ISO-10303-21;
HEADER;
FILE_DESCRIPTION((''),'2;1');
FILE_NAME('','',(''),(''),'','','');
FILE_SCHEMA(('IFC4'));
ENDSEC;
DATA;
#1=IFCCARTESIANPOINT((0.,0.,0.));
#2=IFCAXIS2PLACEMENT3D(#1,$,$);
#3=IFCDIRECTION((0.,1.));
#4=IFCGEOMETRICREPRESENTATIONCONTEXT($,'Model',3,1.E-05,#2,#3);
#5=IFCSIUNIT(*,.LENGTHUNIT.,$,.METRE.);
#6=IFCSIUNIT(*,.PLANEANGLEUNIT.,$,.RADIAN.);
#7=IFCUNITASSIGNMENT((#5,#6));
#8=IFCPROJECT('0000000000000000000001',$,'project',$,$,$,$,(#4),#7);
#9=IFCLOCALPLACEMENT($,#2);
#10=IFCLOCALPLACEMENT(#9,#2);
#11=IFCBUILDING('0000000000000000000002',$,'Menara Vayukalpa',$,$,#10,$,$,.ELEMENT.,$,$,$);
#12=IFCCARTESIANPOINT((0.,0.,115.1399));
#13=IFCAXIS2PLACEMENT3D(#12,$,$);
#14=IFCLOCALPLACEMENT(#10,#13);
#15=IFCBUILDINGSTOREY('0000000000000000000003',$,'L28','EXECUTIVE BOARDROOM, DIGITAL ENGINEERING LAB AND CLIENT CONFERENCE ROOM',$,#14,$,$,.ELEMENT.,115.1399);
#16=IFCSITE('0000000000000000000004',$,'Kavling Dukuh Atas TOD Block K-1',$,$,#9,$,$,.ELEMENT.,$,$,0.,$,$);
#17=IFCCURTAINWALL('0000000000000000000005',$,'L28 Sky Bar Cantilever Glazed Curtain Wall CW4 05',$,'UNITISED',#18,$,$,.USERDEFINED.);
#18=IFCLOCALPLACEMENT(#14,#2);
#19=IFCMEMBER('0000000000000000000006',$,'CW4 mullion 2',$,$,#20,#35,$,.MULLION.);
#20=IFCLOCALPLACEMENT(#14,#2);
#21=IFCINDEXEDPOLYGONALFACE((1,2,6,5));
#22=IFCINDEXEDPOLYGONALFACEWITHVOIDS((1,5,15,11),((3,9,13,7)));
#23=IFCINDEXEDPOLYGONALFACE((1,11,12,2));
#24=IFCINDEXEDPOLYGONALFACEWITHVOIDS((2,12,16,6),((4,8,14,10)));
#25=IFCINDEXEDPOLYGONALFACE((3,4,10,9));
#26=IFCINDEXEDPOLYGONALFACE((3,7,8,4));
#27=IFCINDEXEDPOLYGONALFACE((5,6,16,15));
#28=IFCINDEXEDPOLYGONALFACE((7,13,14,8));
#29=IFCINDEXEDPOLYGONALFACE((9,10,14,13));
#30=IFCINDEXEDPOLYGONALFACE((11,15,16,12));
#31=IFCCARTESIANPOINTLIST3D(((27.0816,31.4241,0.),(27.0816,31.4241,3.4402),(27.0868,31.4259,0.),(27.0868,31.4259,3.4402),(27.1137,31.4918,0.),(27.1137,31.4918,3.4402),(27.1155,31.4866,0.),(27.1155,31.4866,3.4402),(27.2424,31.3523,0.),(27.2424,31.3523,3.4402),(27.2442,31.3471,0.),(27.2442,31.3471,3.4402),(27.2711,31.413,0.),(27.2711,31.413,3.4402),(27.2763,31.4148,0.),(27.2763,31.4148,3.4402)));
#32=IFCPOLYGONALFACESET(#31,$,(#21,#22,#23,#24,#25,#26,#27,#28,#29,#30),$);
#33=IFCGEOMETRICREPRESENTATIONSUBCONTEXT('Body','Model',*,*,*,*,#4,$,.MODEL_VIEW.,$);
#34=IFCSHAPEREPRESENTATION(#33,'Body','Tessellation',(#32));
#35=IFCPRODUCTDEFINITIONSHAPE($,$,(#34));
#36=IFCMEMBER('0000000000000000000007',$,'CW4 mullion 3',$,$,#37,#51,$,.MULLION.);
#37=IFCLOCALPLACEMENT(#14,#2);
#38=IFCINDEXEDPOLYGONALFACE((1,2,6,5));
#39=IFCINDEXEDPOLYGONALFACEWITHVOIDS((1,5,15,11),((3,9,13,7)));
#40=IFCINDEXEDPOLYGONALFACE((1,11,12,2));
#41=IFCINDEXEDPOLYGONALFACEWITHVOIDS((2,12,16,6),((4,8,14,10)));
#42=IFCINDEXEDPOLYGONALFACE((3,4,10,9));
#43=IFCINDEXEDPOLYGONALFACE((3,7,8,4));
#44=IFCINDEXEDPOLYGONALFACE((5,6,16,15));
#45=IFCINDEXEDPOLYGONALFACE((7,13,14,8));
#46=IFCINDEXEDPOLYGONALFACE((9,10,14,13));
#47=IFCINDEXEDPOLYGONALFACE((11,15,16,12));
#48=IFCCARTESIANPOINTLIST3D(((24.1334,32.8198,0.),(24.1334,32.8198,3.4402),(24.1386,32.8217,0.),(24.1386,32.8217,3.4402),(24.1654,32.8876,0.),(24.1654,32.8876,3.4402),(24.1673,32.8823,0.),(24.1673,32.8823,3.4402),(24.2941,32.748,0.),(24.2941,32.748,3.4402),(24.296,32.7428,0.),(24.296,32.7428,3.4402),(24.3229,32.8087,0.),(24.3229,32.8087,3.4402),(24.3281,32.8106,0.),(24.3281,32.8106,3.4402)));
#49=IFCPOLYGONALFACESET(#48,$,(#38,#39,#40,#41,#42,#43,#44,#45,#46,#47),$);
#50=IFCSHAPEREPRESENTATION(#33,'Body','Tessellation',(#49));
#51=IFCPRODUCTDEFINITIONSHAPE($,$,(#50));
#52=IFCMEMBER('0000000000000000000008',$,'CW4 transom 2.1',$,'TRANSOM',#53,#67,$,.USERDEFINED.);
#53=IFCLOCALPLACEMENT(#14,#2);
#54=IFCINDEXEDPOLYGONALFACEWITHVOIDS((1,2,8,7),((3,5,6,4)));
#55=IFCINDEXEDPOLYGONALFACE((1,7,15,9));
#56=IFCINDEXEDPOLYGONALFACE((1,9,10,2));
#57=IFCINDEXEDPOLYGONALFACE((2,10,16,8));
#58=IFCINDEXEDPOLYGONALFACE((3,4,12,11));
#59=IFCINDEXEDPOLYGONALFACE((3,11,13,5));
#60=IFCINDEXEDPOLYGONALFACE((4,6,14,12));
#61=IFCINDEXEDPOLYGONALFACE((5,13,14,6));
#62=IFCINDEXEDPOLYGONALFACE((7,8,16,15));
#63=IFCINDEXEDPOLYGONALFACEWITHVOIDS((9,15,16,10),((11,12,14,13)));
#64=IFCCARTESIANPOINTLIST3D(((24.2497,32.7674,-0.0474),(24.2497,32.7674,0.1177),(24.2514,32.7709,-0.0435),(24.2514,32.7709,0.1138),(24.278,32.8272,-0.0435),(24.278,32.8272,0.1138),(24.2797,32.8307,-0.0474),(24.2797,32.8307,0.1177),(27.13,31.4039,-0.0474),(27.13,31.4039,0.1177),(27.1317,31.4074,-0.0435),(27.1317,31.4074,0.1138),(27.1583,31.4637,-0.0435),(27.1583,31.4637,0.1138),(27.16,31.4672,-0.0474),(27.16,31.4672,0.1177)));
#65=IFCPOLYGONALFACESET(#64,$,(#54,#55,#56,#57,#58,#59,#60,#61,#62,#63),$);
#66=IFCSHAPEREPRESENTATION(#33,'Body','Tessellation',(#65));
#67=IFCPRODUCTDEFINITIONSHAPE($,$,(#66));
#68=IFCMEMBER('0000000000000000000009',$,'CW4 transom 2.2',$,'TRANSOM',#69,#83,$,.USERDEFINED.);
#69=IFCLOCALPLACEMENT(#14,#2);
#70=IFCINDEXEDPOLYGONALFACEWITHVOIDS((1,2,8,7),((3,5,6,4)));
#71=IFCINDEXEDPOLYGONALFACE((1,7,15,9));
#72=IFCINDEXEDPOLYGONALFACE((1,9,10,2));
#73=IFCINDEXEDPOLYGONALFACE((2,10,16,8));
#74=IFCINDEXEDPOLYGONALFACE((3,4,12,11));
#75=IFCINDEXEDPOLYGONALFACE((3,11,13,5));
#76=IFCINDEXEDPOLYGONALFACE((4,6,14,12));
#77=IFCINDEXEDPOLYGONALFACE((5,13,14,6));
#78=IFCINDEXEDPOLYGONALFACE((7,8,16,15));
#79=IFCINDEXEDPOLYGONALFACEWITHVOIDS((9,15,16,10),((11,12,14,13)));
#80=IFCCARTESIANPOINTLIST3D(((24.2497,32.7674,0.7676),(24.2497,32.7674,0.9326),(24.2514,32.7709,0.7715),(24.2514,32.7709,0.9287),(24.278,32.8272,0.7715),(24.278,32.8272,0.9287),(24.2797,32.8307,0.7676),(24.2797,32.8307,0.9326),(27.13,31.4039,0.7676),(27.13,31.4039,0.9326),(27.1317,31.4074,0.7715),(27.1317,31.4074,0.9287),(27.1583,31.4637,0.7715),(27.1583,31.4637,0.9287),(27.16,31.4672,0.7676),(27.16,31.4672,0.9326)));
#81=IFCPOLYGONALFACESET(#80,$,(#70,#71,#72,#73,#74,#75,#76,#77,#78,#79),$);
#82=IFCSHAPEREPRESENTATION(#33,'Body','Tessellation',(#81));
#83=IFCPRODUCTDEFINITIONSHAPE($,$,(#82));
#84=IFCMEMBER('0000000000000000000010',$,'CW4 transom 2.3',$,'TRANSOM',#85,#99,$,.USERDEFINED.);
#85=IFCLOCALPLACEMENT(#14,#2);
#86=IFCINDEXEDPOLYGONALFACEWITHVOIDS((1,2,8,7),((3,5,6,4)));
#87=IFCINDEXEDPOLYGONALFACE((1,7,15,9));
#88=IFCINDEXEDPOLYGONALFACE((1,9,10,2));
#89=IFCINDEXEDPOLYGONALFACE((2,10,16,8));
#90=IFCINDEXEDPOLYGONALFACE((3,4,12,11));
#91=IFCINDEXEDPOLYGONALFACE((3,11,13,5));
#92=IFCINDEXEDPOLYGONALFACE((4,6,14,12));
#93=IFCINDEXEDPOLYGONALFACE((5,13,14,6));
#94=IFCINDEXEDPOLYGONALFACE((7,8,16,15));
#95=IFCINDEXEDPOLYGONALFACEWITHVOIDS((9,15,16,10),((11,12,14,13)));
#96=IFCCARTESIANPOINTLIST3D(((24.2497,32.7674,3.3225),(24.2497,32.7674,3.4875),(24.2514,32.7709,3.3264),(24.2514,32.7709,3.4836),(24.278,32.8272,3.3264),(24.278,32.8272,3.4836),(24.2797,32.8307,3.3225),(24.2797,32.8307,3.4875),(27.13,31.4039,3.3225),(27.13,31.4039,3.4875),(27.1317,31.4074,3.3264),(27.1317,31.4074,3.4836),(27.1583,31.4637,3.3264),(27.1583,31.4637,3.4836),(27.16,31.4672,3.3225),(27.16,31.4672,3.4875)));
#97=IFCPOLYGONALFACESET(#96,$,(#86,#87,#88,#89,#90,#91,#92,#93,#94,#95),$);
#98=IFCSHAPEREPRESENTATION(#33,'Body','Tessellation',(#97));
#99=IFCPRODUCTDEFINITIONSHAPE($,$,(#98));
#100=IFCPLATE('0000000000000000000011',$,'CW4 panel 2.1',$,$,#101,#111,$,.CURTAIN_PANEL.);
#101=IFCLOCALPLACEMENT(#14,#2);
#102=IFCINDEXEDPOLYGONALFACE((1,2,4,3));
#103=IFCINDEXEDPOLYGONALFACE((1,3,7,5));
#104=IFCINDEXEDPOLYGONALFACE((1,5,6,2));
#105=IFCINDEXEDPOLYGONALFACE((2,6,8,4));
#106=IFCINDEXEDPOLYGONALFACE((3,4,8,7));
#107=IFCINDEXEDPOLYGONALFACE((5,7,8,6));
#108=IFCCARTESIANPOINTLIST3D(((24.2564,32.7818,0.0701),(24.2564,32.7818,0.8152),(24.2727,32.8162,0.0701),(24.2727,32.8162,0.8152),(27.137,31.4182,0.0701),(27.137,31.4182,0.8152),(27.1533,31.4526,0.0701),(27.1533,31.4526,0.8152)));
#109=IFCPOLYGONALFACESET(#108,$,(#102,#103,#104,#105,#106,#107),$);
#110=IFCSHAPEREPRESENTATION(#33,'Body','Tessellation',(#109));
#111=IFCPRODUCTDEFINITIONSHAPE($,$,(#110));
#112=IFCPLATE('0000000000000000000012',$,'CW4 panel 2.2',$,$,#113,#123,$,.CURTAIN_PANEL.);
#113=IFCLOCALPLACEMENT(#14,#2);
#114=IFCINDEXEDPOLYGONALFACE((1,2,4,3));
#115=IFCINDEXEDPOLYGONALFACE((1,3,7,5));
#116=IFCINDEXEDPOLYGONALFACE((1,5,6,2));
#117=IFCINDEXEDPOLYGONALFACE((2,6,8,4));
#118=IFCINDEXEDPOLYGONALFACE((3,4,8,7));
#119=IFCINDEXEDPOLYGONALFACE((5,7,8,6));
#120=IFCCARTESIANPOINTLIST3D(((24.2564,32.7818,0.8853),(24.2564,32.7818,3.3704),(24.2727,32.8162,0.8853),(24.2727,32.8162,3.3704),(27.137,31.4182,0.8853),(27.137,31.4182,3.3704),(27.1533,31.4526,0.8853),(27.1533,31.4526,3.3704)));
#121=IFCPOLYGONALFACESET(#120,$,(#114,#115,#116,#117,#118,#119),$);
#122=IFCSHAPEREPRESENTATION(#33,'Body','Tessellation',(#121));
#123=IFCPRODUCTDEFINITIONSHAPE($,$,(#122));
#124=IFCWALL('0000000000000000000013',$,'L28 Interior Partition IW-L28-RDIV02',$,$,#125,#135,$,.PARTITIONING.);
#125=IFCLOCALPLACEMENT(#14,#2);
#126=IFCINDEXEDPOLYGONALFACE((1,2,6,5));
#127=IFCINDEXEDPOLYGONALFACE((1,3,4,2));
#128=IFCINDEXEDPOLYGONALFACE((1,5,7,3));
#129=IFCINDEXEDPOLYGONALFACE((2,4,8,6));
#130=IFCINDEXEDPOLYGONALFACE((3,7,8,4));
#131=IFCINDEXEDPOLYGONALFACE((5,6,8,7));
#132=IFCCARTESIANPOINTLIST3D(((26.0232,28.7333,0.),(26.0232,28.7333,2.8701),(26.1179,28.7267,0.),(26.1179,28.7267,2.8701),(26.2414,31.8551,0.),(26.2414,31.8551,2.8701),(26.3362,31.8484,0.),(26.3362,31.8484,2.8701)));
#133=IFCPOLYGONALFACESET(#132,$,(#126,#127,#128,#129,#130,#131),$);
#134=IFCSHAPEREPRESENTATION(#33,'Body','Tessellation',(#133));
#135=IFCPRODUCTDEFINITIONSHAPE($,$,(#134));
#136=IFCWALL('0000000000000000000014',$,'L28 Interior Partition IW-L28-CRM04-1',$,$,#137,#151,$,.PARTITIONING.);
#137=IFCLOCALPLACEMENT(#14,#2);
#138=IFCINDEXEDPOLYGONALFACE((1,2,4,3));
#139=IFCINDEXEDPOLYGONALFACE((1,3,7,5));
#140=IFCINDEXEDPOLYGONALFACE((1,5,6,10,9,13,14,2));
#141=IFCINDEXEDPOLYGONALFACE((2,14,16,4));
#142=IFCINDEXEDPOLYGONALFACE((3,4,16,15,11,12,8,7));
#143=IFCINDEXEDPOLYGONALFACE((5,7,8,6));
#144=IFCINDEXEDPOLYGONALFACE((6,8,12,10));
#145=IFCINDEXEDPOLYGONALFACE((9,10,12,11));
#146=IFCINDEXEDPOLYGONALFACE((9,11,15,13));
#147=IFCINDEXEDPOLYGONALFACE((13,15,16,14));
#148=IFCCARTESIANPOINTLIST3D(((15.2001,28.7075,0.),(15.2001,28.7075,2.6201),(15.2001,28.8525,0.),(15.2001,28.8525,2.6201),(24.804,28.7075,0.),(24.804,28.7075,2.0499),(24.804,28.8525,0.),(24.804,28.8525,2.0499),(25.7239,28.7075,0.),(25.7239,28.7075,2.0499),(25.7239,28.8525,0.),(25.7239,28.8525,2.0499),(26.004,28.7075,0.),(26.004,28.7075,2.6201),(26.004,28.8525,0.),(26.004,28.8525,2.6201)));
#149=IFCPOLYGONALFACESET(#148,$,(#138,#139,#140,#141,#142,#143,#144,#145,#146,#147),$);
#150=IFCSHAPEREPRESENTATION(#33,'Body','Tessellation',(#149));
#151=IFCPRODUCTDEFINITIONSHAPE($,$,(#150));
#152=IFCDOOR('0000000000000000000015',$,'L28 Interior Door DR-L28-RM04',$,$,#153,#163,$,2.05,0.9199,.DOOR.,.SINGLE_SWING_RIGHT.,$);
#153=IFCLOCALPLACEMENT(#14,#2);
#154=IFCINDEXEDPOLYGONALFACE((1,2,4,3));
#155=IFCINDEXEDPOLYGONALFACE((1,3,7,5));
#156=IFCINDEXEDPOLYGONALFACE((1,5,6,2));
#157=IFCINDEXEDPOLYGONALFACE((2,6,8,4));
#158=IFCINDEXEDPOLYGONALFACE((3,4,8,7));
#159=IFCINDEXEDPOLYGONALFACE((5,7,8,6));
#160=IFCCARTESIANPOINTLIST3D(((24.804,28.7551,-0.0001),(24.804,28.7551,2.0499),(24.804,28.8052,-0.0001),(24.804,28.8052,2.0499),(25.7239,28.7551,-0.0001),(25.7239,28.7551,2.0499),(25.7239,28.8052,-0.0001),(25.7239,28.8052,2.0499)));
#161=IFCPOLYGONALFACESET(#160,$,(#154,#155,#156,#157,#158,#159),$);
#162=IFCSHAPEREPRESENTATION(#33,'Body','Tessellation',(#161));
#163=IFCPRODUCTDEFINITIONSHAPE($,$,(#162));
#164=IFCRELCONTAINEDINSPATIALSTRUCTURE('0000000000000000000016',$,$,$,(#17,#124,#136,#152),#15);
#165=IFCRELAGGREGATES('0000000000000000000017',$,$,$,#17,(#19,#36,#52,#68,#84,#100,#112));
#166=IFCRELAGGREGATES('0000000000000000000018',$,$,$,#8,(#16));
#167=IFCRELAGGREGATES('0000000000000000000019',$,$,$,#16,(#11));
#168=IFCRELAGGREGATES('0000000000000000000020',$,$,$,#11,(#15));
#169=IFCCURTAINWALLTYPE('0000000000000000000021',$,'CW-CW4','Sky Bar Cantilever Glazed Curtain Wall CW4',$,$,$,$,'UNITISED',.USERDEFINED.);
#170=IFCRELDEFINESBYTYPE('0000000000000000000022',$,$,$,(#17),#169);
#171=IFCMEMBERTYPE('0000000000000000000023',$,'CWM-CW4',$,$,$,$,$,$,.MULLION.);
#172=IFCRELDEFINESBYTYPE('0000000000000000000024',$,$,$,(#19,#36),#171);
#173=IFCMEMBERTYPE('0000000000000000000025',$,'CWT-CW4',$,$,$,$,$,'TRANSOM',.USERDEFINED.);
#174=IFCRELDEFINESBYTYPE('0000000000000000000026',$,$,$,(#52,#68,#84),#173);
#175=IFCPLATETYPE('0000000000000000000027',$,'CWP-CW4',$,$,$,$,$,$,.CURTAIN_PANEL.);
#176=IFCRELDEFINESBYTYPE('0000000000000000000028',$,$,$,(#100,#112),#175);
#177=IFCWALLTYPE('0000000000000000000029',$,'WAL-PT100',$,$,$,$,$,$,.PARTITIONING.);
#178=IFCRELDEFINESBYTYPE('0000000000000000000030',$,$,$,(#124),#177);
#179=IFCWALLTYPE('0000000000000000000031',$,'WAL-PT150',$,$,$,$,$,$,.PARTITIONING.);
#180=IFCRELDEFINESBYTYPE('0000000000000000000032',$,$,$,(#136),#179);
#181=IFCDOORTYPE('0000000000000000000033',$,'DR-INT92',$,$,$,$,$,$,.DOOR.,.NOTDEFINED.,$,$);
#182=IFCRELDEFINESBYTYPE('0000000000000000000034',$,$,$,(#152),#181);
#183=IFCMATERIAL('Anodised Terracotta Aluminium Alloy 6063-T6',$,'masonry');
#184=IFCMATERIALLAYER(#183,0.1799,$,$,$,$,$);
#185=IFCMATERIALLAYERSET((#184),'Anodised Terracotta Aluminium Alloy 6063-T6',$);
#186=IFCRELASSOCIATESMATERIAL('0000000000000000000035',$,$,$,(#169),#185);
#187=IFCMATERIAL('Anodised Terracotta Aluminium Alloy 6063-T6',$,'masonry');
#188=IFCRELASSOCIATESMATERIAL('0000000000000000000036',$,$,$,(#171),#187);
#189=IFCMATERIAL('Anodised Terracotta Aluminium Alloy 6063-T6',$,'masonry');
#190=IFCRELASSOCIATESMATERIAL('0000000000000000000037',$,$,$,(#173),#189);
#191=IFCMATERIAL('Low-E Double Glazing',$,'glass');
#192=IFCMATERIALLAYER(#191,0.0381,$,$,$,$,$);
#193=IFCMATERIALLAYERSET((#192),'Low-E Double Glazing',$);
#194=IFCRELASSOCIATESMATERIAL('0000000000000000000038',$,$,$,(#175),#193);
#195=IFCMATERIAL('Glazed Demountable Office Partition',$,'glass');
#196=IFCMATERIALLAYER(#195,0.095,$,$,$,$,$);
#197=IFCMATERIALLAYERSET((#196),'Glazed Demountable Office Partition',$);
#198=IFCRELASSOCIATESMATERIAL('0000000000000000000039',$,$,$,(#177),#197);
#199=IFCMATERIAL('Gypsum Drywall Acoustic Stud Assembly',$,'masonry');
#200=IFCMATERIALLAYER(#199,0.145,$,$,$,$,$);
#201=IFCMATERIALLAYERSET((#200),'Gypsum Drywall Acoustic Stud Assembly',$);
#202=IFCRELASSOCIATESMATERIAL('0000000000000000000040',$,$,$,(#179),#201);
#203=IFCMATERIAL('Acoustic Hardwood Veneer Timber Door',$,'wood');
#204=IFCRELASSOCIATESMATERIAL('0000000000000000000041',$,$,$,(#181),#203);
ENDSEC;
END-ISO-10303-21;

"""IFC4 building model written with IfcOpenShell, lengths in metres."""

from ifc_helpers import new_model, si_unit, direction, frame, frame_2d, origin, origin_2d, place, context, subcontext, project, spatial, rectangle, hollow_rectangle, extrude, material, layer, layer_set, material_profile, profile_set, type_object, element, fill, aggregate, save


model = new_model("IFC4")

# Units and contexts
model_context = context("Model", 3, precision=1e-05, world=origin(), true_north=direction((0.0, 1.0)))
body_context = subcontext(model_context, "Body", "Model", "MODEL_VIEW")
ifc_project = project(units=[si_unit("LENGTHUNIT", "METRE"), si_unit("PLANEANGLEUNIT", "RADIAN")], contexts=[model_context])

# Site, building, storey
site_placement = place(None, origin())
site = spatial("IfcSite", under=ifc_project, at=site_placement, Name="Kavling Dukuh Atas TOD Block K-1", CompositionType="ELEMENT", RefElevation=0.0)
building_placement = place(site_placement, origin())
building = spatial("IfcBuilding", under=site, at=building_placement, Name="Menara Vayukalpa", CompositionType="ELEMENT")
storey_placement = place(building_placement, frame((0.0, 0.0, 115.1399)))
storey = spatial("IfcBuildingStorey", under=building, at=storey_placement, Name="L28", Description="EXECUTIVE BOARDROOM, DIGITAL ENGINEERING LAB AND CLIENT CONFERENCE ROOM", CompositionType="ELEMENT", Elevation=115.1399)

# Curtain wall, members, plates
ifc_material_1 = material(Name="Anodised Terracotta Aluminium Alloy 6063-T6", Category="masonry")
ifc_layer_1 = layer(ifc_material_1, 0.1799)
ifc_layer_set_1 = layer_set([ifc_layer_1], Name="Anodised Terracotta Aluminium Alloy 6063-T6")
curtain_wall_type = type_object("IfcCurtainWallType", Name="CW-CW4", Description="Sky Bar Cantilever Glazed Curtain Wall CW4", ElementType="UNITISED", PredefinedType="USERDEFINED", material=ifc_layer_set_1)
curtain_wall_placement = place(storey_placement, origin())
curtain_wall = element("IfcCurtainWall", 1, at=curtain_wall_placement, inside=storey, type_object=curtain_wall_type, Name="L28 Sky Bar Cantilever Glazed Curtain Wall CW4 05", ObjectType="UNITISED", PredefinedType="USERDEFINED")
ifc_material_2 = material(Name="Anodised Terracotta Aluminium Alloy 6063-T6", Category="masonry")
ifc_material_profile_1 = material_profile(ifc_material_2, hollow_rectangle(XDim=0.075, YDim=0.1799, WallThickness=0.0039, at=origin_2d()), Name="ALU 75x180x4")
ifc_profile_set_1 = profile_set([ifc_material_profile_1], Name="Anodised Terracotta Aluminium Alloy 6063-T6")
member_type_1 = type_object("IfcMemberType", Name="CWM-CW4", PredefinedType="MULLION", material=ifc_profile_set_1)
member_1_placement = place(storey_placement, frame((27.179, 31.4194, 0.0), z_axis=(0.0, 0.0, 1.0), x_axis=(-0.427871, -0.90384, 0.0)))
member_1 = element("IfcMember", 2, at=member_1_placement, type_object=member_type_1, Name="CW4 mullion 2", PredefinedType="MULLION", context=body_context, shape_type="SweptSolid", body=[
    extrude(hollow_rectangle(XDim=0.075, YDim=0.1799, WallThickness=0.0039, at=origin_2d()), origin(), (0.0, 0.0, 1.0), 3.4402),
])
member_2_placement = place(storey_placement, frame((24.2307, 32.8152, 0.0), z_axis=(0.0, 0.0, 1.0), x_axis=(-0.427871, -0.90384, 0.0)))
member_2 = element("IfcMember", 3, at=member_2_placement, type_object=member_type_1, Name="CW4 mullion 3", PredefinedType="MULLION", context=body_context, shape_type="SweptSolid", body=[
    extrude(hollow_rectangle(XDim=0.075, YDim=0.1799, WallThickness=0.0039, at=origin_2d()), origin(), (0.0, 0.0, 1.0), 3.4402),
])
ifc_material_3 = material(Name="Anodised Terracotta Aluminium Alloy 6063-T6", Category="masonry")
ifc_material_profile_2 = material_profile(ifc_material_3, hollow_rectangle(XDim=0.0701, YDim=0.165, WallThickness=0.0039, at=origin_2d()), Name="ALU 70x165x4")
ifc_profile_set_2 = profile_set([ifc_material_profile_2], Name="Anodised Terracotta Aluminium Alloy 6063-T6")
member_type_2 = type_object("IfcMemberType", Name="CWT-CW4", ElementType="TRANSOM", PredefinedType="USERDEFINED", material=ifc_profile_set_2)
member_3_placement = place(storey_placement, frame((27.145, 31.4355, 0.0352), z_axis=(-0.903842, 0.427866, 0.0), x_axis=(-0.427866, -0.903842, 0.0)))
member_3 = element("IfcMember", 4, at=member_3_placement, type_object=member_type_2, Name="CW4 transom 2.1", ObjectType="TRANSOM", PredefinedType="USERDEFINED", context=body_context, shape_type="SweptSolid", body=[
    extrude(hollow_rectangle(XDim=0.0701, YDim=0.165, WallThickness=0.0039, at=origin_2d()), origin(), (0.0, 0.0, 1.0), 3.1868),
])
member_4_placement = place(storey_placement, frame((27.145, 31.4355, 0.8501), z_axis=(-0.903842, 0.427866, 0.0), x_axis=(-0.427866, -0.903842, 0.0)))
member_4 = element("IfcMember", 5, at=member_4_placement, type_object=member_type_2, Name="CW4 transom 2.2", ObjectType="TRANSOM", PredefinedType="USERDEFINED", context=body_context, shape_type="SweptSolid", body=[
    extrude(hollow_rectangle(XDim=0.0701, YDim=0.165, WallThickness=0.0039, at=origin_2d()), origin(), (0.0, 0.0, 1.0), 3.1868),
])
member_5_placement = place(storey_placement, frame((27.145, 31.4355, 3.405), z_axis=(-0.903842, 0.427866, 0.0), x_axis=(-0.427866, -0.903842, 0.0)))
member_5 = element("IfcMember", 6, at=member_5_placement, type_object=member_type_2, Name="CW4 transom 2.3", ObjectType="TRANSOM", PredefinedType="USERDEFINED", context=body_context, shape_type="SweptSolid", body=[
    extrude(hollow_rectangle(XDim=0.0701, YDim=0.165, WallThickness=0.0039, at=origin_2d()), origin(), (0.0, 0.0, 1.0), 3.1868),
])
ifc_material_4 = material(Name="Low-E Double Glazing", Category="glass")
ifc_layer_2 = layer(ifc_material_4, 0.0381)
ifc_layer_set_2 = layer_set([ifc_layer_2], Name="Low-E Double Glazing")
plate_type = type_object("IfcPlateType", Name="CWP-CW4", PredefinedType="CURTAIN_PANEL", material=ifc_layer_set_2)
plate_1_placement = place(storey_placement, frame((25.7048, 32.1172, 0.0701), z_axis=(0.0, 0.0, 1.0), x_axis=(-0.90384, 0.427871, 0.0)))
plate_1 = element("IfcPlate", 7, at=plate_1_placement, type_object=plate_type, Name="CW4 panel 2.1", PredefinedType="CURTAIN_PANEL", context=body_context, shape_type="SweptSolid", body=[
    extrude(rectangle(XDim=3.187, YDim=0.0381, at=origin_2d()), origin(), (0.0, 0.0, 1.0), 0.7451),
])
plate_2_placement = place(storey_placement, frame((25.7048, 32.1172, 0.8853), z_axis=(0.0, 0.0, 1.0), x_axis=(-0.90384, 0.427871, 0.0)))
plate_2 = element("IfcPlate", 8, at=plate_2_placement, type_object=plate_type, Name="CW4 panel 2.2", PredefinedType="CURTAIN_PANEL", context=body_context, shape_type="SweptSolid", body=[
    extrude(rectangle(XDim=3.187, YDim=0.0381, at=origin_2d()), origin(), (0.0, 0.0, 1.0), 2.4851),
])
aggregate(curtain_wall, [member_1, member_2, member_3, member_4, member_5, plate_1, plate_2])

# Wall
ifc_material_5 = material(Name="Glazed Demountable Office Partition", Category="glass")
ifc_layer_3 = layer(ifc_material_5, 0.095)
ifc_layer_set_3 = layer_set([ifc_layer_3], Name="Glazed Demountable Office Partition")
wall_type_1 = type_object("IfcWallType", Name="WAL-PT100", PredefinedType="PARTITIONING", material=ifc_layer_set_3)
wall_1_placement = place(storey_placement, frame((26.0706, 28.73, 0.0), z_axis=(0.0, 0.0, 1.0), x_axis=(0.069745, 0.997565, 0.0)))
element("IfcWall", 9, at=wall_1_placement, inside=storey, type_object=wall_type_1, Name="L28 Interior Partition IW-L28-RDIV02", PredefinedType="PARTITIONING", context=body_context, shape_type="SweptSolid", body=[
    extrude(rectangle(XDim=3.1294, YDim=0.095, at=frame_2d((1.5647, 0.0))), origin(), (0.0, 0.0, 1.0), 2.8701),
])

# Wall, opening, door
ifc_material_6 = material(Name="Gypsum Drywall Acoustic Stud Assembly", Category="masonry")
ifc_layer_4 = layer(ifc_material_6, 0.145)
ifc_layer_set_4 = layer_set([ifc_layer_4], Name="Gypsum Drywall Acoustic Stud Assembly")
wall_type_2 = type_object("IfcWallType", Name="WAL-PT150", PredefinedType="PARTITIONING", material=ifc_layer_set_4)
wall_2_placement = place(storey_placement, frame((26.0039, 28.78, 0.0), z_axis=(0.0, 0.0, 1.0), x_axis=(-1.0, 0.0, 0.0)))
wall_2 = element("IfcWall", 10, at=wall_2_placement, inside=storey, type_object=wall_type_2, Name="L28 Interior Partition IW-L28-CRM04-1", PredefinedType="PARTITIONING", context=body_context, shape_type="SweptSolid", body=[
    extrude(rectangle(XDim=10.804, YDim=0.145, at=frame_2d((5.4019, 0.0))), origin(), (0.0, 0.0, 1.0), 2.6201),
])
opening_placement = place(wall_2_placement, frame((0.28, 0.0, 0.0)))
opening = element("IfcOpeningElement", 11, at=opening_placement, cuts=wall_2, PredefinedType="OPENING", context=body_context, shape_type="SweptSolid", body=[
    extrude(rectangle(XDim=0.9199, YDim=2.05, at=frame_2d((0.46, 1.0249))), frame((0.0, 0.0825, 0.0), z_axis=(0.0, -1.0, 0.0), x_axis=(1.0, 0.0, 0.0)), (0.0, 0.0, 1.0), 0.165),
])
ifc_material_7 = material(Name="Acoustic Hardwood Veneer Timber Door", Category="wood")
door_type = type_object("IfcDoorType", Name="DR-INT92", OperationType="NOTDEFINED", PredefinedType="DOOR", material=ifc_material_7)
door_placement = place(opening_placement, origin())
door = element("IfcDoor", 12, at=door_placement, inside=storey, type_object=door_type, Name="L28 Interior Door DR-L28-RM04", OperationType="SINGLE_SWING_RIGHT", OverallHeight=2.05, OverallWidth=0.9199, PredefinedType="DOOR", context=body_context, shape_type="SweptSolid", body=[
    extrude(rectangle(XDim=0.9199, YDim=2.05, at=frame_2d((0.46, 1.0249))), frame((0.0, 0.0249, 0.0), z_axis=(0.0, -1.0, 0.0), x_axis=(1.0, 0.0, 0.0)), (0.0, 0.0, 1.0), 0.05),
])
fill(opening, door)

save(model, "model.ifc")
